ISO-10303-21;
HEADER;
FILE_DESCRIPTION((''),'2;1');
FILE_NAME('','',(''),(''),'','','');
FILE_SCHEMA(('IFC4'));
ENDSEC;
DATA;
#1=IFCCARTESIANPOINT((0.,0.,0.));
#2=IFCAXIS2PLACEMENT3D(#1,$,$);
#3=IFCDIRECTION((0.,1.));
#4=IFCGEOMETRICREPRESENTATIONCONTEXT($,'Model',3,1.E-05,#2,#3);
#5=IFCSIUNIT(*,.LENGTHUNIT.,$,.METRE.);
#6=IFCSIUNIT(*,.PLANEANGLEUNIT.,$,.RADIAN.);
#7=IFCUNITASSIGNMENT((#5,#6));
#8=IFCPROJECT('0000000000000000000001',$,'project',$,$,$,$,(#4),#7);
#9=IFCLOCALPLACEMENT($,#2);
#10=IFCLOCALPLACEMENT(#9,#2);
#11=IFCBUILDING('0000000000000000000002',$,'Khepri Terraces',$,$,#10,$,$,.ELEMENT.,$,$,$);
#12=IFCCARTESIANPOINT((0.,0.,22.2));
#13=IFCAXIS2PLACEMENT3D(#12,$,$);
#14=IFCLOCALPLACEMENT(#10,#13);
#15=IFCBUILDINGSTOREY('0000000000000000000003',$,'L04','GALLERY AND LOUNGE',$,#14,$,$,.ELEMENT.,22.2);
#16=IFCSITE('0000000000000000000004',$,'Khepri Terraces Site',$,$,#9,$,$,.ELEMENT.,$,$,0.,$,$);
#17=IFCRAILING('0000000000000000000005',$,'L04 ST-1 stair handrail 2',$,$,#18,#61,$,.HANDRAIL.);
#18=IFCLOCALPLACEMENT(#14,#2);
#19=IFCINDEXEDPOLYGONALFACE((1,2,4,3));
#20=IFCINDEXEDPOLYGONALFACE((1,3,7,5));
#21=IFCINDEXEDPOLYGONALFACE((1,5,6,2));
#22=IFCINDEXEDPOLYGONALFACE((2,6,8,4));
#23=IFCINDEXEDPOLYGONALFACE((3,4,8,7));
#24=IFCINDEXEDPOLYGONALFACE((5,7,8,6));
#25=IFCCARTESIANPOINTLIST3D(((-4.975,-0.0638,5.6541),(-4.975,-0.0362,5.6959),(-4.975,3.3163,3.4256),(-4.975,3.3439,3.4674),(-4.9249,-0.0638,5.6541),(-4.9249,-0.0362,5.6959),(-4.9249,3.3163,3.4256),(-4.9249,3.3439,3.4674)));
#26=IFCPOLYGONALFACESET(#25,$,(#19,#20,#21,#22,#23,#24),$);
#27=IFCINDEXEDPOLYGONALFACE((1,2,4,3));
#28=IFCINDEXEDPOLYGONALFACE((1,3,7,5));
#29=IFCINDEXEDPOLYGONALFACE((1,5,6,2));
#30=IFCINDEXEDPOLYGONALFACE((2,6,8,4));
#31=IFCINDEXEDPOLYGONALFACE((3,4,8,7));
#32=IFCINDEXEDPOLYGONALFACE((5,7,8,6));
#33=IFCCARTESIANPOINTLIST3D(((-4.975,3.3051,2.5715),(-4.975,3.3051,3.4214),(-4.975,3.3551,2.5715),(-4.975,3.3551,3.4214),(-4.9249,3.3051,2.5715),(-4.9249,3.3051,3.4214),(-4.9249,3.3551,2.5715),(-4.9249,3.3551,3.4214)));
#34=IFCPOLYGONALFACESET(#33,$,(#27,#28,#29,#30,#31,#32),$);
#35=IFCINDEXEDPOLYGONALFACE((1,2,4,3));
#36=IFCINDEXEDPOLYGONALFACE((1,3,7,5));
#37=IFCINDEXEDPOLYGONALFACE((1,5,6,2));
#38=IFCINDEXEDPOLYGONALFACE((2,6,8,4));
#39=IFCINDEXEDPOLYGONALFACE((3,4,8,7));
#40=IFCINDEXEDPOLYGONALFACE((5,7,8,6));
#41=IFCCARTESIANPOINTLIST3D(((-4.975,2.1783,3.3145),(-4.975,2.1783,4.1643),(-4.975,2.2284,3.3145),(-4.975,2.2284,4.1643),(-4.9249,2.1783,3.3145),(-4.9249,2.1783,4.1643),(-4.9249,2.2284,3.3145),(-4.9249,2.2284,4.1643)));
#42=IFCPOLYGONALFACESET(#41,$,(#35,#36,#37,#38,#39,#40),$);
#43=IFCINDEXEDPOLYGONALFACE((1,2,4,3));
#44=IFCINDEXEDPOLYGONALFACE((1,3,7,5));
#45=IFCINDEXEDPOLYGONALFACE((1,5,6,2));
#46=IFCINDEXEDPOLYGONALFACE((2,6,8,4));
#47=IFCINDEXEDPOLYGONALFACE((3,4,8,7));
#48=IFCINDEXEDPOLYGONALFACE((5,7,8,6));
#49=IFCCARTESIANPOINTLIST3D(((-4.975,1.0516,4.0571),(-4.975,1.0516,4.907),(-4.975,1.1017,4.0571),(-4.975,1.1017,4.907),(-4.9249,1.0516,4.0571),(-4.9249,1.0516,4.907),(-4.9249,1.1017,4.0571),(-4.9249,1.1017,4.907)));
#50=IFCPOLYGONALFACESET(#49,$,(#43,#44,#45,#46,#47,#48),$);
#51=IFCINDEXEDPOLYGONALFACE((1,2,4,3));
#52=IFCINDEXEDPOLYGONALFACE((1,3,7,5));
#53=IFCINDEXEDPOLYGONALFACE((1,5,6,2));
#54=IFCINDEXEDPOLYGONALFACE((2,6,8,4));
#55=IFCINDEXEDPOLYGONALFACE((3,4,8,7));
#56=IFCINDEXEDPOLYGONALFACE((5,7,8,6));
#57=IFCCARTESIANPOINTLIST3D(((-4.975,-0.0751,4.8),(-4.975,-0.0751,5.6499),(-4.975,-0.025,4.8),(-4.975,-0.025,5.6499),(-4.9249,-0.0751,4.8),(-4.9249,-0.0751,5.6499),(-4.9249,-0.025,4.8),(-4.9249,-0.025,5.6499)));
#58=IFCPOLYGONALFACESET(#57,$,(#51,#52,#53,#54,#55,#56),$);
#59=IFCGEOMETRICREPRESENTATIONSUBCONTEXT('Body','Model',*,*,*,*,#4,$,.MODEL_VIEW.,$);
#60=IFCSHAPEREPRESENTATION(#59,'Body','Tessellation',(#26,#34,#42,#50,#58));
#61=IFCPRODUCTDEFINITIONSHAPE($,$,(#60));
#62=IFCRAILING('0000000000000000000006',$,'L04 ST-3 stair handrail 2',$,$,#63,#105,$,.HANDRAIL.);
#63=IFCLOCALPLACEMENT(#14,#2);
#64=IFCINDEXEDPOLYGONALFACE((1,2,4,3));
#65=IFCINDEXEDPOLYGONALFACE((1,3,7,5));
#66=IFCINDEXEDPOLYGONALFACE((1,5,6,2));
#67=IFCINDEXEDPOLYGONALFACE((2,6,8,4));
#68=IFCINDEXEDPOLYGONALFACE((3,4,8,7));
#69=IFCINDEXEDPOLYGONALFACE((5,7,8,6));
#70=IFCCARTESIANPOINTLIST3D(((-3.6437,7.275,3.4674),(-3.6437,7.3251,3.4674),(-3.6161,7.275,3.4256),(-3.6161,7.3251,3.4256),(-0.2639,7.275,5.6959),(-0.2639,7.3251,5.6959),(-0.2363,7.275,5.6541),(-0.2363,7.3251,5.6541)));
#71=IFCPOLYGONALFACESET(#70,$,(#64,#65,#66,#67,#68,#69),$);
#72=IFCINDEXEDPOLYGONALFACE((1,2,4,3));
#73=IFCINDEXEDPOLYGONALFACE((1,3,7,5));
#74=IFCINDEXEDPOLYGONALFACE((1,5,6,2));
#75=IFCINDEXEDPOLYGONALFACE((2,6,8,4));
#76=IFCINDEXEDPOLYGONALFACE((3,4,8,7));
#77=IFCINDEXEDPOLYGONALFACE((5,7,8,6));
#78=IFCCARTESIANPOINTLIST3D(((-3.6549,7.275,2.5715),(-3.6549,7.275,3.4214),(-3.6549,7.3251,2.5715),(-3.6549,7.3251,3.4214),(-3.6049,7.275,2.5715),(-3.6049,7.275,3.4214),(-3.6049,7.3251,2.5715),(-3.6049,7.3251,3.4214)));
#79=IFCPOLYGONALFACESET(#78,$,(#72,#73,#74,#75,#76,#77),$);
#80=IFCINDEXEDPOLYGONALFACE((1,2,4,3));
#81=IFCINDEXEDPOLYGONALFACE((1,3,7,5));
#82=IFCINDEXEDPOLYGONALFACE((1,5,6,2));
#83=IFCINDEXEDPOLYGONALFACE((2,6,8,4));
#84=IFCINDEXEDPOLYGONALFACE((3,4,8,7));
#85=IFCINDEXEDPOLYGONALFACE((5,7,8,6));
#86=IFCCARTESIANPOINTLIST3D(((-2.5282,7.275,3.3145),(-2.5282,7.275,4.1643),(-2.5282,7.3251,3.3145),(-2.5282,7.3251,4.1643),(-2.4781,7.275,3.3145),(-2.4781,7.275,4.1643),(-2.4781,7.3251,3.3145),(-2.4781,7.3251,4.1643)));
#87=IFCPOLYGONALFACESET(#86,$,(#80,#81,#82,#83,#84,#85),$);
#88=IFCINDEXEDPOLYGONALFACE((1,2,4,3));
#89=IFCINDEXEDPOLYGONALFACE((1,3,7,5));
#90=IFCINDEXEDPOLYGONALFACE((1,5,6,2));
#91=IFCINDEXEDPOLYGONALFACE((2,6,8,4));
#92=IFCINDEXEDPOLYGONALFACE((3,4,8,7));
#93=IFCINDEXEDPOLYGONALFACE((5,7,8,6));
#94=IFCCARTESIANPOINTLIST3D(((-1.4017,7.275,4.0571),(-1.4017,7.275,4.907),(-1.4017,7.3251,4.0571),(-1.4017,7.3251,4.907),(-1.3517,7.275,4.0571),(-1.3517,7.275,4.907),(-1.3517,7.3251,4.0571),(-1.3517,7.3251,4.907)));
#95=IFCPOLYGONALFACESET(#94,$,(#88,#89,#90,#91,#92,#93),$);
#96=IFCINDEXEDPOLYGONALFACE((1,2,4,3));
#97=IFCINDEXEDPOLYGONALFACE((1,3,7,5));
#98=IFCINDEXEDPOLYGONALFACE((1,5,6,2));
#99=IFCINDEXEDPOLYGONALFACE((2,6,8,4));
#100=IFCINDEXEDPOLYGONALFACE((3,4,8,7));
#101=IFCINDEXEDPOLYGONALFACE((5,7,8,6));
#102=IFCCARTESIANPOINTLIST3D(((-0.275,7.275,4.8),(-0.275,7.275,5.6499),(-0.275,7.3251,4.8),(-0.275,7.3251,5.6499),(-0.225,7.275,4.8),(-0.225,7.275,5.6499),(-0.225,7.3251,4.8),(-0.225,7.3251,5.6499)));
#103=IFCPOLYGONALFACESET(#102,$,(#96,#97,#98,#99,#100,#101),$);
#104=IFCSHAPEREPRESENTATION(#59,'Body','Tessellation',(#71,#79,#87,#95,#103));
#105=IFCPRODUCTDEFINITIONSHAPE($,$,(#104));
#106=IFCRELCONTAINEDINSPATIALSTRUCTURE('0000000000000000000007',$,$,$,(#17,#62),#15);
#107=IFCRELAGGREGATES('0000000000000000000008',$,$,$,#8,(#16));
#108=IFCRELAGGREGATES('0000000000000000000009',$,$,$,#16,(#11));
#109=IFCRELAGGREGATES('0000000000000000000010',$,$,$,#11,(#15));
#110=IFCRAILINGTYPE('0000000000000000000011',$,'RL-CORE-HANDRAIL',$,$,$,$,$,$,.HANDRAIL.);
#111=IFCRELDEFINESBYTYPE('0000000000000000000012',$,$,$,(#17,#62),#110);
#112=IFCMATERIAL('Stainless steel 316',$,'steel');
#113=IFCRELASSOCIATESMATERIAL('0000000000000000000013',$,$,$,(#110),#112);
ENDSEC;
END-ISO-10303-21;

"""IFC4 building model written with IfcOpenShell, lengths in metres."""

from ifc_helpers import new_model, si_unit, direction, frame, origin, origin_2d, place, context, subcontext, project, spatial, rectangle, extrude, material, type_object, element, save


model = new_model("IFC4")

# Units and contexts
model_context = context("Model", 3, precision=1e-05, world=origin(), true_north=direction((0.0, 1.0)))
body_context = subcontext(model_context, "Body", "Model", "MODEL_VIEW")
ifc_project = project(units=[si_unit("LENGTHUNIT", "METRE"), si_unit("PLANEANGLEUNIT", "RADIAN")], contexts=[model_context])

# Site, building, storey
site_placement = place(None, origin())
site = spatial("IfcSite", under=ifc_project, at=site_placement, Name="Khepri Terraces Site", CompositionType="ELEMENT", RefElevation=0.0)
building_placement = place(site_placement, origin())
building = spatial("IfcBuilding", under=site, at=building_placement, Name="Khepri Terraces", CompositionType="ELEMENT")
storey_placement = place(building_placement, frame((0.0, 0.0, 22.2)))
storey = spatial("IfcBuildingStorey", under=building, at=storey_placement, Name="L04", Description="GALLERY AND LOUNGE", CompositionType="ELEMENT", Elevation=22.2)

# Railings
ifc_material_1 = material(Name="Stainless steel 316", Category="steel")
railing_type_1 = type_object("IfcRailingType", Name="RL-CORE-HANDRAIL", PredefinedType="HANDRAIL", material=ifc_material_1)
railing_1_placement = place(storey_placement, frame((-4.95, 3.3301, 2.5715)))
element("IfcRailing", 1, at=railing_1_placement, inside=storey, type_object=railing_type_1, Name="L04 ST-1 stair handrail 2", PredefinedType="HANDRAIL", context=body_context, shape_type="SweptSolid", body=[
    extrude(rectangle(XDim=0.05, YDim=0.05, at=origin_2d()), frame((0.0, 0.0, 0.875), z_axis=(0.0, -0.834878, 0.550435), x_axis=(1.0, 0.0, 0.0)), (0.0, 0.0, 1.0), 4.0486),
    extrude(rectangle(XDim=0.05, YDim=0.05, at=origin_2d()), origin(), (0.0, 0.0, 1.0), 0.8499),
    extrude(rectangle(XDim=0.05, YDim=0.05, at=origin_2d()), frame((0.0, -1.1267, 0.7429)), (0.0, 0.0, 1.0), 0.8499),
    extrude(rectangle(XDim=0.05, YDim=0.05, at=origin_2d()), frame((0.0, -2.2534, 1.4856)), (0.0, 0.0, 1.0), 0.8499),
    extrude(rectangle(XDim=0.05, YDim=0.05, at=origin_2d()), frame((0.0, -3.3801, 2.2285)), (0.0, 0.0, 1.0), 0.8499),
])
railing_2_placement = place(storey_placement, frame((-3.6299, 7.3, 2.5715)))
element("IfcRailing", 2, at=railing_2_placement, inside=storey, type_object=railing_type_1, Name="L04 ST-3 stair handrail 2", PredefinedType="HANDRAIL", context=body_context, shape_type="SweptSolid", body=[
    extrude(rectangle(XDim=0.05, YDim=0.05, at=origin_2d()), frame((0.0, 0.0, 0.875), z_axis=(0.83486, 0.0, 0.550462), x_axis=(0.0, 1.0, 0.0)), (0.0, 0.0, 1.0), 4.0483),
    extrude(rectangle(XDim=0.05, YDim=0.05, at=origin_2d()), origin(), (0.0, 0.0, 1.0), 0.8499),
    extrude(rectangle(XDim=0.05, YDim=0.05, at=origin_2d()), frame((1.1267, 0.0, 0.7429)), (0.0, 0.0, 1.0), 0.8499),
    extrude(rectangle(XDim=0.05, YDim=0.05, at=origin_2d()), frame((2.2532, 0.0, 1.4856)), (0.0, 0.0, 1.0), 0.8499),
    extrude(rectangle(XDim=0.05, YDim=0.05, at=origin_2d()), frame((3.3799, 0.0, 2.2285)), (0.0, 0.0, 1.0), 0.8499),
])

save(model, "model.ifc")
